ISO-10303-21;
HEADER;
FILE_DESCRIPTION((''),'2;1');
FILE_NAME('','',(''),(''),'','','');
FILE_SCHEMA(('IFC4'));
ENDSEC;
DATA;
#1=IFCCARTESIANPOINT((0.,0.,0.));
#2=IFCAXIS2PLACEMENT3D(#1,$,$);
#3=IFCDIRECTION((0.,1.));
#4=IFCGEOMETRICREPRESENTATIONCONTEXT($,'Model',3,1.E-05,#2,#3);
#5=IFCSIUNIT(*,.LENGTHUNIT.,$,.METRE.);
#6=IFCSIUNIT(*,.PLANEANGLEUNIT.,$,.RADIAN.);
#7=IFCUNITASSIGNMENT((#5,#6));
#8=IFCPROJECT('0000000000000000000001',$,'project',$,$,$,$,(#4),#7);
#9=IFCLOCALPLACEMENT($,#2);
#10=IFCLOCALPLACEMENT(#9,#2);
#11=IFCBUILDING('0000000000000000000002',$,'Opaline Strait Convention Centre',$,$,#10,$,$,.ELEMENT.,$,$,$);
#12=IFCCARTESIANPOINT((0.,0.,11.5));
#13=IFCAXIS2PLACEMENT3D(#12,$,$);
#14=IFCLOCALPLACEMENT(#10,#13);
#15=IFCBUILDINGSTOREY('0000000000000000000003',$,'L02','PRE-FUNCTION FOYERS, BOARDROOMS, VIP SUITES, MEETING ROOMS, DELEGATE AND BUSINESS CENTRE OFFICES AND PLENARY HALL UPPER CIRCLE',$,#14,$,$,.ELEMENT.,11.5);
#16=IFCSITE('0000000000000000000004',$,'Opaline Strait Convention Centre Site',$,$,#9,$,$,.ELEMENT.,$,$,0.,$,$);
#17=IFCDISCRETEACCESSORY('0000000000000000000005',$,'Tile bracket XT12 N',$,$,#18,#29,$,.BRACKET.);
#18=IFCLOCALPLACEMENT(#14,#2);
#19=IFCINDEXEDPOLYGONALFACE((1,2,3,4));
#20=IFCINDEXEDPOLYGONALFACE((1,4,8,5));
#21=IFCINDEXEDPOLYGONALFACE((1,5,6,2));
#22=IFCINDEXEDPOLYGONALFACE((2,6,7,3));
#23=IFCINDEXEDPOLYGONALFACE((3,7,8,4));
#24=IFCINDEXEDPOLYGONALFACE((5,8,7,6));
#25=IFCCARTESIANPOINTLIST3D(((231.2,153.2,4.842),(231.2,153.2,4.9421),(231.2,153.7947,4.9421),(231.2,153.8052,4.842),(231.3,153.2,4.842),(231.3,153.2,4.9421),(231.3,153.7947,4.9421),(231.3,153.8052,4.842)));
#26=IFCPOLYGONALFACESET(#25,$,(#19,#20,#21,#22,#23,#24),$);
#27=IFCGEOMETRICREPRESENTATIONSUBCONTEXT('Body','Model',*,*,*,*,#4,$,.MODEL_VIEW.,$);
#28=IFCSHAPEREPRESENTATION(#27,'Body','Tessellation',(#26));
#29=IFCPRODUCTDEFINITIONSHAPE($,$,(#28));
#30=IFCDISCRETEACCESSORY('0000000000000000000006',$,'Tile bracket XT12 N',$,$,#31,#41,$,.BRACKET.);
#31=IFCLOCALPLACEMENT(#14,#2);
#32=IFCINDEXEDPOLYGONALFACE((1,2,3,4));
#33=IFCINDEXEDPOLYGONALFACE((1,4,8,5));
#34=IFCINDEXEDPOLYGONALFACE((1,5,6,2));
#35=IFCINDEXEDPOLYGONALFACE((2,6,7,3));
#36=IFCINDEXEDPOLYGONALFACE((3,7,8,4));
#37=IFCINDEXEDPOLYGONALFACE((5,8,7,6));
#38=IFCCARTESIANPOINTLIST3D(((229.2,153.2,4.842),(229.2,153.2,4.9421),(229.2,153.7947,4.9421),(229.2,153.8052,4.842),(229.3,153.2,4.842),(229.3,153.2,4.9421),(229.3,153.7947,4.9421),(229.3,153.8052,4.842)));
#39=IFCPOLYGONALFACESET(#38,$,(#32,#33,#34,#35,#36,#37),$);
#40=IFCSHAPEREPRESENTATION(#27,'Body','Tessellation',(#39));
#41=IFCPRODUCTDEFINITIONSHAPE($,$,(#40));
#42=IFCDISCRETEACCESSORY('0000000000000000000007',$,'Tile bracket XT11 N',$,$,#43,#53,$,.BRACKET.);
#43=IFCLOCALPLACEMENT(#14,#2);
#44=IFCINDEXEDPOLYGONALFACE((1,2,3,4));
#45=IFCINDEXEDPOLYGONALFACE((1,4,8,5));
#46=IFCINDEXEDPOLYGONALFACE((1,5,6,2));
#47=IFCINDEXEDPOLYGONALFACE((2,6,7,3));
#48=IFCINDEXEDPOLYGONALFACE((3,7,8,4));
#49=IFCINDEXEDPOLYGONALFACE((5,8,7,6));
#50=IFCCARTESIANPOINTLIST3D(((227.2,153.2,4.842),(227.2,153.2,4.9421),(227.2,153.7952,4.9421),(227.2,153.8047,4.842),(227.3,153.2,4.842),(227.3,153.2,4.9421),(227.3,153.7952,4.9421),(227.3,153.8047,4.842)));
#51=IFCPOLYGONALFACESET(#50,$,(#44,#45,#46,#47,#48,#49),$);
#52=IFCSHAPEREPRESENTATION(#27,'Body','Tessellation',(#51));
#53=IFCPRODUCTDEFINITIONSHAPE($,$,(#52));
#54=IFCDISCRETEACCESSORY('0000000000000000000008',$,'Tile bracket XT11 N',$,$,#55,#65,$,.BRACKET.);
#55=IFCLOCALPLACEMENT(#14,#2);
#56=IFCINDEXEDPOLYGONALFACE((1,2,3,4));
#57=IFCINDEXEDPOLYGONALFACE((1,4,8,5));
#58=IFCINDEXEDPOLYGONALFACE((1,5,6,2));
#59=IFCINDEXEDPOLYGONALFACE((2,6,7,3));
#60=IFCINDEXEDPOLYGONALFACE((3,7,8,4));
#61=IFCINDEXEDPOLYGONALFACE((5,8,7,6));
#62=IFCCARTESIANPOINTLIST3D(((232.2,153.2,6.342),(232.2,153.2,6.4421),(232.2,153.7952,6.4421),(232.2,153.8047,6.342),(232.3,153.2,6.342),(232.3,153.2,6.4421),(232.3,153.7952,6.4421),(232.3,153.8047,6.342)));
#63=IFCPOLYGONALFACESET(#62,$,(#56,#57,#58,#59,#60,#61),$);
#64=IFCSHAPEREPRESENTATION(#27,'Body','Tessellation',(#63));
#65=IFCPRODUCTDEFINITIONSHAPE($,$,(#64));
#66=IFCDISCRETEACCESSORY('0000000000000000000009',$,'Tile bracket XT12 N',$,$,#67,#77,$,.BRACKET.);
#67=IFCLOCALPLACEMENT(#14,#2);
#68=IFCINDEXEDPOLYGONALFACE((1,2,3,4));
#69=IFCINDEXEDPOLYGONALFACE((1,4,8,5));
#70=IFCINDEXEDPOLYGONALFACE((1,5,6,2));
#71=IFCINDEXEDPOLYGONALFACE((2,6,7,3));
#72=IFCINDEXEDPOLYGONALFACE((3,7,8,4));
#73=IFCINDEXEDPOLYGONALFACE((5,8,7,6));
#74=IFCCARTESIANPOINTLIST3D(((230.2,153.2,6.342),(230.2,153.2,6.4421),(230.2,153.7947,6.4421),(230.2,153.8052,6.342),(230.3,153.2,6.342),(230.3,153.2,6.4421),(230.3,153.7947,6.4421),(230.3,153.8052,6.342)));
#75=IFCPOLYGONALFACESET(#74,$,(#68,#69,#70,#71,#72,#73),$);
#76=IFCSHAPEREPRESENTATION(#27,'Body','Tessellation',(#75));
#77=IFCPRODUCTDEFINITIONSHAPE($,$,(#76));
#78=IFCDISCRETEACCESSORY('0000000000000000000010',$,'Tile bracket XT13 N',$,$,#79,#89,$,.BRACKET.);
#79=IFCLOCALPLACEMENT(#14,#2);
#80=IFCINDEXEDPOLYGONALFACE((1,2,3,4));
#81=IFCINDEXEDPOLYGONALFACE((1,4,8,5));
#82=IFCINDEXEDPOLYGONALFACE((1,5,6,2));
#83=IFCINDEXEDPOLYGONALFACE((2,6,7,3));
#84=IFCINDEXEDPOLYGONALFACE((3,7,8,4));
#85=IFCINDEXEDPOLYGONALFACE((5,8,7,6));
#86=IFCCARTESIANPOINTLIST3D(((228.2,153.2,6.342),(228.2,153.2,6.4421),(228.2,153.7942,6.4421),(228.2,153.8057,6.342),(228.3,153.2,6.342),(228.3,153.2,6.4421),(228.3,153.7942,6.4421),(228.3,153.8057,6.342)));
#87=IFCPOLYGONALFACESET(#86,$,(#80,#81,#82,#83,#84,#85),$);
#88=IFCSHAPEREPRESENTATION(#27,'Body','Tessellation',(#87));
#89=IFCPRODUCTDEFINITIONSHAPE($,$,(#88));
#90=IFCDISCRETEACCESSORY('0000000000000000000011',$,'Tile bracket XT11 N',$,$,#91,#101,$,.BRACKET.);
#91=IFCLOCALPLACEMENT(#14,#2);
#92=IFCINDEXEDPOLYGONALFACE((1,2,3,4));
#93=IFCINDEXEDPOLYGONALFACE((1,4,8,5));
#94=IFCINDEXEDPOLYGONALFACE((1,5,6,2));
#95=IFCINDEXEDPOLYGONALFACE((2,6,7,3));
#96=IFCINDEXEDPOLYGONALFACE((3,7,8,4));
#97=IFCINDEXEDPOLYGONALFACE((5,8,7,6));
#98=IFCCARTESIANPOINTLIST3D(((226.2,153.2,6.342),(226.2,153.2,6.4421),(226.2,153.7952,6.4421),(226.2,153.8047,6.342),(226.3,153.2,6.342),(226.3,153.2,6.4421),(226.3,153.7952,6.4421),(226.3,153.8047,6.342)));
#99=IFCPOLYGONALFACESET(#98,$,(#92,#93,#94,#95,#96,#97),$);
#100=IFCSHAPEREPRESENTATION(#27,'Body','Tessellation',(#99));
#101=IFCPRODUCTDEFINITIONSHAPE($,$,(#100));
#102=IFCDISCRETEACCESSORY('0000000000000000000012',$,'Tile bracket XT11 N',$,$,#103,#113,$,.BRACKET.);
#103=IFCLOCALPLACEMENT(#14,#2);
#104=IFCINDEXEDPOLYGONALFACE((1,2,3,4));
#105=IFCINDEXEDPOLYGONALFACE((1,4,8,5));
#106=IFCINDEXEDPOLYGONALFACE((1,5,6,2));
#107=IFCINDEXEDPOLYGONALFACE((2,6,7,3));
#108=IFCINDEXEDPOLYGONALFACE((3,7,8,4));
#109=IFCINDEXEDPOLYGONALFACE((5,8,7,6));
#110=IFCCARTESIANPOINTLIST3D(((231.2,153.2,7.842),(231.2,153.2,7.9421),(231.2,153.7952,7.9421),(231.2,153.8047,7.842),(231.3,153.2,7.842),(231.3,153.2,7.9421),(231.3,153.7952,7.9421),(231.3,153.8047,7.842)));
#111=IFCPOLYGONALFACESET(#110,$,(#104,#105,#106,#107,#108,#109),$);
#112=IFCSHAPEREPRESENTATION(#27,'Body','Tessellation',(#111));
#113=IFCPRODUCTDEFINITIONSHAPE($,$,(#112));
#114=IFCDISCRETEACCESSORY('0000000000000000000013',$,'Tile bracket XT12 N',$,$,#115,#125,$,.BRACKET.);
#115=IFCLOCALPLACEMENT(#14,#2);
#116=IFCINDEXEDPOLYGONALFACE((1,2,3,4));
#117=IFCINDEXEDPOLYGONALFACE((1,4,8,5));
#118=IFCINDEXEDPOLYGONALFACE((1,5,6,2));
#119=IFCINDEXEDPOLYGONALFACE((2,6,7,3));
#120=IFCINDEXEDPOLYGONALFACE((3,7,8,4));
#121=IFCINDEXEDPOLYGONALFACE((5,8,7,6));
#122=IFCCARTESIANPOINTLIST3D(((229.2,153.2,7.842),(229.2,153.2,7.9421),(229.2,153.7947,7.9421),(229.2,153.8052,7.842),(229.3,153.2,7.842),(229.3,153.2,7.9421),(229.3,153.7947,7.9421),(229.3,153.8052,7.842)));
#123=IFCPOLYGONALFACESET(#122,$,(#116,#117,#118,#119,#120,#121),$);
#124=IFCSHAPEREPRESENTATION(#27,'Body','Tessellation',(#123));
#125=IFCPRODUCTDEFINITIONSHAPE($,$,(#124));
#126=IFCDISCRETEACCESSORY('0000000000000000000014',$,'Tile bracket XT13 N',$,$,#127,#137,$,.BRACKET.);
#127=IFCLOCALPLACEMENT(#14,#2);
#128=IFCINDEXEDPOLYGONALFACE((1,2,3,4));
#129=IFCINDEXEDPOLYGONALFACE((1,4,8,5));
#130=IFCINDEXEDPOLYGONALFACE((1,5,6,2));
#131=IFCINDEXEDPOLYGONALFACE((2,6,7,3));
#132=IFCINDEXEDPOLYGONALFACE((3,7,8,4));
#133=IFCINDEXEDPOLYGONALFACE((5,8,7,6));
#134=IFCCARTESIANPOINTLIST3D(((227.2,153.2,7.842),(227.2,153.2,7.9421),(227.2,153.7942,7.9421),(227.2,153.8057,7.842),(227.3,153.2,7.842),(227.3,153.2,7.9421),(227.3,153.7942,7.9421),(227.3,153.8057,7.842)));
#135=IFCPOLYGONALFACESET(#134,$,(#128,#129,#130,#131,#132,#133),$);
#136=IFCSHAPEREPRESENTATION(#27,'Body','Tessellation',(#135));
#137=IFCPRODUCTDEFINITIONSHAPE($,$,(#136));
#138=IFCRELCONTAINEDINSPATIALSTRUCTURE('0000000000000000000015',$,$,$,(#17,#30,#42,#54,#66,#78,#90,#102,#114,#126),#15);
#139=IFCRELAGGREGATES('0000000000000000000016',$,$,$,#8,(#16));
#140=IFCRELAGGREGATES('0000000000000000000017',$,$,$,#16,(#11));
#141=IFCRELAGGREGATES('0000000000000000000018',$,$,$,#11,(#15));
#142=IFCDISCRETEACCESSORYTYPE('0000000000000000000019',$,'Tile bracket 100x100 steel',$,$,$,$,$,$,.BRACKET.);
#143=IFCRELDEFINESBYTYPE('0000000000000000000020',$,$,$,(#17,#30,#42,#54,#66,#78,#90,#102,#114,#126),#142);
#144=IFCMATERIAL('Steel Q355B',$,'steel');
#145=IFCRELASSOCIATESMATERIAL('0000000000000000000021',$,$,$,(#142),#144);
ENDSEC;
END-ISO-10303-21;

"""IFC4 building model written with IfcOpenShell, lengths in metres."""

from ifc_helpers import new_model, si_unit, direction, frame, origin, place, context, subcontext, project, spatial, polyline, outline, extrude, material, type_object, element, save


model = new_model("IFC4")

# Units and contexts
model_context = context("Model", 3, precision=1e-05, world=origin(), true_north=direction((0.0, 1.0)))
body_context = subcontext(model_context, "Body", "Model", "MODEL_VIEW")
ifc_project = project(units=[si_unit("LENGTHUNIT", "METRE"), si_unit("PLANEANGLEUNIT", "RADIAN")], contexts=[model_context])

# Site, building, storey
site_placement = place(None, origin())
site = spatial("IfcSite", under=ifc_project, at=site_placement, Name="Opaline Strait Convention Centre Site", CompositionType="ELEMENT", RefElevation=0.0)
building_placement = place(site_placement, origin())
building = spatial("IfcBuilding", under=site, at=building_placement, Name="Opaline Strait Convention Centre", CompositionType="ELEMENT")
storey_placement = place(building_placement, frame((0.0, 0.0, 11.5)))
storey = spatial("IfcBuildingStorey", under=building, at=storey_placement, Name="L02", Description="PRE-FUNCTION FOYERS, BOARDROOMS, VIP SUITES, MEETING ROOMS, DELEGATE AND BUSINESS CENTRE OFFICES AND PLENARY HALL UPPER CIRCLE", CompositionType="ELEMENT", Elevation=11.5)

# Discrete accessories
ifc_material_1 = material(Name="Steel Q355B", Category="steel")
discrete_accessory_type = type_object("IfcDiscreteAccessoryType", Name="Tile bracket 100x100 steel", PredefinedType="BRACKET", material=ifc_material_1)
for number, where, z_axis, x_axis, name in (
    (1, (231.3, 153.2, 4.8921), (-1.0, 0.0, 0.0), (0.0, -1.0, 0.0), "Tile bracket XT12 N"),
    (2, (229.3, 153.2, 4.8921), (-1.0, 0.0, 0.0), (0.0, -1.0, 0.0), "Tile bracket XT12 N"),
):
    element("IfcDiscreteAccessory", number, at=place(storey_placement, frame(where, z_axis=z_axis, x_axis=x_axis)), inside=storey, type_object=discrete_accessory_type, Name=name, PredefinedType="BRACKET", context=body_context, shape_type="SweptSolid", body=[
        extrude(outline(polyline([(0.0, -0.05), (0.0, 0.05), (-0.5947, 0.05), (-0.6052, -0.05), (0.0, -0.05)])), origin(), (0.0, 0.0, 1.0), 0.1001),
    ])
for number, where, z_axis, x_axis, name in (
    (3, (227.3, 153.2, 4.8921), (-1.0, 0.0, 0.0), (0.0, -1.0, 0.0), "Tile bracket XT11 N"),
    (4, (232.3, 153.2, 6.3921), (-1.0, 0.0, 0.0), (0.0, -1.0, 0.0), "Tile bracket XT11 N"),
):
    element("IfcDiscreteAccessory", number, at=place(storey_placement, frame(where, z_axis=z_axis, x_axis=x_axis)), inside=storey, type_object=discrete_accessory_type, Name=name, PredefinedType="BRACKET", context=body_context, shape_type="SweptSolid", body=[
        extrude(outline(polyline([(0.0, -0.05), (0.0, 0.05), (-0.5952, 0.05), (-0.6047, -0.05), (0.0, -0.05)])), origin(), (0.0, 0.0, 1.0), 0.1001),
    ])
discrete_accessory_1_placement = place(storey_placement, frame((230.3, 153.2, 6.3921), z_axis=(-1.0, 0.0, 0.0), x_axis=(0.0, -1.0, 0.0)))
element("IfcDiscreteAccessory", 5, at=discrete_accessory_1_placement, inside=storey, type_object=discrete_accessory_type, Name="Tile bracket XT12 N", PredefinedType="BRACKET", context=body_context, shape_type="SweptSolid", body=[
    extrude(outline(polyline([(0.0, -0.05), (0.0, 0.05), (-0.5947, 0.05), (-0.6052, -0.05), (0.0, -0.05)])), origin(), (0.0, 0.0, 1.0), 0.1001),
])
discrete_accessory_2_placement = place(storey_placement, frame((228.3, 153.2, 6.3921), z_axis=(-1.0, 0.0, 0.0), x_axis=(0.0, -1.0, 0.0)))
element("IfcDiscreteAccessory", 6, at=discrete_accessory_2_placement, inside=storey, type_object=discrete_accessory_type, Name="Tile bracket XT13 N", PredefinedType="BRACKET", context=body_context, shape_type="SweptSolid", body=[
    extrude(outline(polyline([(0.0, -0.05), (0.0, 0.05), (-0.5942, 0.05), (-0.6057, -0.05), (0.0, -0.05)])), origin(), (0.0, 0.0, 1.0), 0.1001),
])
for number, where, z_axis, x_axis, name in (
    (7, (226.3, 153.2, 6.3921), (-1.0, 0.0, 0.0), (0.0, -1.0, 0.0), "Tile bracket XT11 N"),
    (8, (231.3, 153.2, 7.8921), (-1.0, 0.0, 0.0), (0.0, -1.0, 0.0), "Tile bracket XT11 N"),
):
    element("IfcDiscreteAccessory", number, at=place(storey_placement, frame(where, z_axis=z_axis, x_axis=x_axis)), inside=storey, type_object=discrete_accessory_type, Name=name, PredefinedType="BRACKET", context=body_context, shape_type="SweptSolid", body=[
        extrude(outline(polyline([(0.0, -0.05), (0.0, 0.05), (-0.5952, 0.05), (-0.6047, -0.05), (0.0, -0.05)])), origin(), (0.0, 0.0, 1.0), 0.1001),
    ])
discrete_accessory_3_placement = place(storey_placement, frame((229.3, 153.2, 7.8921), z_axis=(-1.0, 0.0, 0.0), x_axis=(0.0, -1.0, 0.0)))
element("IfcDiscreteAccessory", 9, at=discrete_accessory_3_placement, inside=storey, type_object=discrete_accessory_type, Name="Tile bracket XT12 N", PredefinedType="BRACKET", context=body_context, shape_type="SweptSolid", body=[
    extrude(outline(polyline([(0.0, -0.05), (0.0, 0.05), (-0.5947, 0.05), (-0.6052, -0.05), (0.0, -0.05)])), origin(), (0.0, 0.0, 1.0), 0.1001),
])
discrete_accessory_4_placement = place(storey_placement, frame((227.3, 153.2, 7.8921), z_axis=(-1.0, 0.0, 0.0), x_axis=(0.0, -1.0, 0.0)))
element("IfcDiscreteAccessory", 10, at=discrete_accessory_4_placement, inside=storey, type_object=discrete_accessory_type, Name="Tile bracket XT13 N", PredefinedType="BRACKET", context=body_context, shape_type="SweptSolid", body=[
    extrude(outline(polyline([(0.0, -0.05), (0.0, 0.05), (-0.5942, 0.05), (-0.6057, -0.05), (0.0, -0.05)])), origin(), (0.0, 0.0, 1.0), 0.1001),
])

save(model, "model.ifc")
